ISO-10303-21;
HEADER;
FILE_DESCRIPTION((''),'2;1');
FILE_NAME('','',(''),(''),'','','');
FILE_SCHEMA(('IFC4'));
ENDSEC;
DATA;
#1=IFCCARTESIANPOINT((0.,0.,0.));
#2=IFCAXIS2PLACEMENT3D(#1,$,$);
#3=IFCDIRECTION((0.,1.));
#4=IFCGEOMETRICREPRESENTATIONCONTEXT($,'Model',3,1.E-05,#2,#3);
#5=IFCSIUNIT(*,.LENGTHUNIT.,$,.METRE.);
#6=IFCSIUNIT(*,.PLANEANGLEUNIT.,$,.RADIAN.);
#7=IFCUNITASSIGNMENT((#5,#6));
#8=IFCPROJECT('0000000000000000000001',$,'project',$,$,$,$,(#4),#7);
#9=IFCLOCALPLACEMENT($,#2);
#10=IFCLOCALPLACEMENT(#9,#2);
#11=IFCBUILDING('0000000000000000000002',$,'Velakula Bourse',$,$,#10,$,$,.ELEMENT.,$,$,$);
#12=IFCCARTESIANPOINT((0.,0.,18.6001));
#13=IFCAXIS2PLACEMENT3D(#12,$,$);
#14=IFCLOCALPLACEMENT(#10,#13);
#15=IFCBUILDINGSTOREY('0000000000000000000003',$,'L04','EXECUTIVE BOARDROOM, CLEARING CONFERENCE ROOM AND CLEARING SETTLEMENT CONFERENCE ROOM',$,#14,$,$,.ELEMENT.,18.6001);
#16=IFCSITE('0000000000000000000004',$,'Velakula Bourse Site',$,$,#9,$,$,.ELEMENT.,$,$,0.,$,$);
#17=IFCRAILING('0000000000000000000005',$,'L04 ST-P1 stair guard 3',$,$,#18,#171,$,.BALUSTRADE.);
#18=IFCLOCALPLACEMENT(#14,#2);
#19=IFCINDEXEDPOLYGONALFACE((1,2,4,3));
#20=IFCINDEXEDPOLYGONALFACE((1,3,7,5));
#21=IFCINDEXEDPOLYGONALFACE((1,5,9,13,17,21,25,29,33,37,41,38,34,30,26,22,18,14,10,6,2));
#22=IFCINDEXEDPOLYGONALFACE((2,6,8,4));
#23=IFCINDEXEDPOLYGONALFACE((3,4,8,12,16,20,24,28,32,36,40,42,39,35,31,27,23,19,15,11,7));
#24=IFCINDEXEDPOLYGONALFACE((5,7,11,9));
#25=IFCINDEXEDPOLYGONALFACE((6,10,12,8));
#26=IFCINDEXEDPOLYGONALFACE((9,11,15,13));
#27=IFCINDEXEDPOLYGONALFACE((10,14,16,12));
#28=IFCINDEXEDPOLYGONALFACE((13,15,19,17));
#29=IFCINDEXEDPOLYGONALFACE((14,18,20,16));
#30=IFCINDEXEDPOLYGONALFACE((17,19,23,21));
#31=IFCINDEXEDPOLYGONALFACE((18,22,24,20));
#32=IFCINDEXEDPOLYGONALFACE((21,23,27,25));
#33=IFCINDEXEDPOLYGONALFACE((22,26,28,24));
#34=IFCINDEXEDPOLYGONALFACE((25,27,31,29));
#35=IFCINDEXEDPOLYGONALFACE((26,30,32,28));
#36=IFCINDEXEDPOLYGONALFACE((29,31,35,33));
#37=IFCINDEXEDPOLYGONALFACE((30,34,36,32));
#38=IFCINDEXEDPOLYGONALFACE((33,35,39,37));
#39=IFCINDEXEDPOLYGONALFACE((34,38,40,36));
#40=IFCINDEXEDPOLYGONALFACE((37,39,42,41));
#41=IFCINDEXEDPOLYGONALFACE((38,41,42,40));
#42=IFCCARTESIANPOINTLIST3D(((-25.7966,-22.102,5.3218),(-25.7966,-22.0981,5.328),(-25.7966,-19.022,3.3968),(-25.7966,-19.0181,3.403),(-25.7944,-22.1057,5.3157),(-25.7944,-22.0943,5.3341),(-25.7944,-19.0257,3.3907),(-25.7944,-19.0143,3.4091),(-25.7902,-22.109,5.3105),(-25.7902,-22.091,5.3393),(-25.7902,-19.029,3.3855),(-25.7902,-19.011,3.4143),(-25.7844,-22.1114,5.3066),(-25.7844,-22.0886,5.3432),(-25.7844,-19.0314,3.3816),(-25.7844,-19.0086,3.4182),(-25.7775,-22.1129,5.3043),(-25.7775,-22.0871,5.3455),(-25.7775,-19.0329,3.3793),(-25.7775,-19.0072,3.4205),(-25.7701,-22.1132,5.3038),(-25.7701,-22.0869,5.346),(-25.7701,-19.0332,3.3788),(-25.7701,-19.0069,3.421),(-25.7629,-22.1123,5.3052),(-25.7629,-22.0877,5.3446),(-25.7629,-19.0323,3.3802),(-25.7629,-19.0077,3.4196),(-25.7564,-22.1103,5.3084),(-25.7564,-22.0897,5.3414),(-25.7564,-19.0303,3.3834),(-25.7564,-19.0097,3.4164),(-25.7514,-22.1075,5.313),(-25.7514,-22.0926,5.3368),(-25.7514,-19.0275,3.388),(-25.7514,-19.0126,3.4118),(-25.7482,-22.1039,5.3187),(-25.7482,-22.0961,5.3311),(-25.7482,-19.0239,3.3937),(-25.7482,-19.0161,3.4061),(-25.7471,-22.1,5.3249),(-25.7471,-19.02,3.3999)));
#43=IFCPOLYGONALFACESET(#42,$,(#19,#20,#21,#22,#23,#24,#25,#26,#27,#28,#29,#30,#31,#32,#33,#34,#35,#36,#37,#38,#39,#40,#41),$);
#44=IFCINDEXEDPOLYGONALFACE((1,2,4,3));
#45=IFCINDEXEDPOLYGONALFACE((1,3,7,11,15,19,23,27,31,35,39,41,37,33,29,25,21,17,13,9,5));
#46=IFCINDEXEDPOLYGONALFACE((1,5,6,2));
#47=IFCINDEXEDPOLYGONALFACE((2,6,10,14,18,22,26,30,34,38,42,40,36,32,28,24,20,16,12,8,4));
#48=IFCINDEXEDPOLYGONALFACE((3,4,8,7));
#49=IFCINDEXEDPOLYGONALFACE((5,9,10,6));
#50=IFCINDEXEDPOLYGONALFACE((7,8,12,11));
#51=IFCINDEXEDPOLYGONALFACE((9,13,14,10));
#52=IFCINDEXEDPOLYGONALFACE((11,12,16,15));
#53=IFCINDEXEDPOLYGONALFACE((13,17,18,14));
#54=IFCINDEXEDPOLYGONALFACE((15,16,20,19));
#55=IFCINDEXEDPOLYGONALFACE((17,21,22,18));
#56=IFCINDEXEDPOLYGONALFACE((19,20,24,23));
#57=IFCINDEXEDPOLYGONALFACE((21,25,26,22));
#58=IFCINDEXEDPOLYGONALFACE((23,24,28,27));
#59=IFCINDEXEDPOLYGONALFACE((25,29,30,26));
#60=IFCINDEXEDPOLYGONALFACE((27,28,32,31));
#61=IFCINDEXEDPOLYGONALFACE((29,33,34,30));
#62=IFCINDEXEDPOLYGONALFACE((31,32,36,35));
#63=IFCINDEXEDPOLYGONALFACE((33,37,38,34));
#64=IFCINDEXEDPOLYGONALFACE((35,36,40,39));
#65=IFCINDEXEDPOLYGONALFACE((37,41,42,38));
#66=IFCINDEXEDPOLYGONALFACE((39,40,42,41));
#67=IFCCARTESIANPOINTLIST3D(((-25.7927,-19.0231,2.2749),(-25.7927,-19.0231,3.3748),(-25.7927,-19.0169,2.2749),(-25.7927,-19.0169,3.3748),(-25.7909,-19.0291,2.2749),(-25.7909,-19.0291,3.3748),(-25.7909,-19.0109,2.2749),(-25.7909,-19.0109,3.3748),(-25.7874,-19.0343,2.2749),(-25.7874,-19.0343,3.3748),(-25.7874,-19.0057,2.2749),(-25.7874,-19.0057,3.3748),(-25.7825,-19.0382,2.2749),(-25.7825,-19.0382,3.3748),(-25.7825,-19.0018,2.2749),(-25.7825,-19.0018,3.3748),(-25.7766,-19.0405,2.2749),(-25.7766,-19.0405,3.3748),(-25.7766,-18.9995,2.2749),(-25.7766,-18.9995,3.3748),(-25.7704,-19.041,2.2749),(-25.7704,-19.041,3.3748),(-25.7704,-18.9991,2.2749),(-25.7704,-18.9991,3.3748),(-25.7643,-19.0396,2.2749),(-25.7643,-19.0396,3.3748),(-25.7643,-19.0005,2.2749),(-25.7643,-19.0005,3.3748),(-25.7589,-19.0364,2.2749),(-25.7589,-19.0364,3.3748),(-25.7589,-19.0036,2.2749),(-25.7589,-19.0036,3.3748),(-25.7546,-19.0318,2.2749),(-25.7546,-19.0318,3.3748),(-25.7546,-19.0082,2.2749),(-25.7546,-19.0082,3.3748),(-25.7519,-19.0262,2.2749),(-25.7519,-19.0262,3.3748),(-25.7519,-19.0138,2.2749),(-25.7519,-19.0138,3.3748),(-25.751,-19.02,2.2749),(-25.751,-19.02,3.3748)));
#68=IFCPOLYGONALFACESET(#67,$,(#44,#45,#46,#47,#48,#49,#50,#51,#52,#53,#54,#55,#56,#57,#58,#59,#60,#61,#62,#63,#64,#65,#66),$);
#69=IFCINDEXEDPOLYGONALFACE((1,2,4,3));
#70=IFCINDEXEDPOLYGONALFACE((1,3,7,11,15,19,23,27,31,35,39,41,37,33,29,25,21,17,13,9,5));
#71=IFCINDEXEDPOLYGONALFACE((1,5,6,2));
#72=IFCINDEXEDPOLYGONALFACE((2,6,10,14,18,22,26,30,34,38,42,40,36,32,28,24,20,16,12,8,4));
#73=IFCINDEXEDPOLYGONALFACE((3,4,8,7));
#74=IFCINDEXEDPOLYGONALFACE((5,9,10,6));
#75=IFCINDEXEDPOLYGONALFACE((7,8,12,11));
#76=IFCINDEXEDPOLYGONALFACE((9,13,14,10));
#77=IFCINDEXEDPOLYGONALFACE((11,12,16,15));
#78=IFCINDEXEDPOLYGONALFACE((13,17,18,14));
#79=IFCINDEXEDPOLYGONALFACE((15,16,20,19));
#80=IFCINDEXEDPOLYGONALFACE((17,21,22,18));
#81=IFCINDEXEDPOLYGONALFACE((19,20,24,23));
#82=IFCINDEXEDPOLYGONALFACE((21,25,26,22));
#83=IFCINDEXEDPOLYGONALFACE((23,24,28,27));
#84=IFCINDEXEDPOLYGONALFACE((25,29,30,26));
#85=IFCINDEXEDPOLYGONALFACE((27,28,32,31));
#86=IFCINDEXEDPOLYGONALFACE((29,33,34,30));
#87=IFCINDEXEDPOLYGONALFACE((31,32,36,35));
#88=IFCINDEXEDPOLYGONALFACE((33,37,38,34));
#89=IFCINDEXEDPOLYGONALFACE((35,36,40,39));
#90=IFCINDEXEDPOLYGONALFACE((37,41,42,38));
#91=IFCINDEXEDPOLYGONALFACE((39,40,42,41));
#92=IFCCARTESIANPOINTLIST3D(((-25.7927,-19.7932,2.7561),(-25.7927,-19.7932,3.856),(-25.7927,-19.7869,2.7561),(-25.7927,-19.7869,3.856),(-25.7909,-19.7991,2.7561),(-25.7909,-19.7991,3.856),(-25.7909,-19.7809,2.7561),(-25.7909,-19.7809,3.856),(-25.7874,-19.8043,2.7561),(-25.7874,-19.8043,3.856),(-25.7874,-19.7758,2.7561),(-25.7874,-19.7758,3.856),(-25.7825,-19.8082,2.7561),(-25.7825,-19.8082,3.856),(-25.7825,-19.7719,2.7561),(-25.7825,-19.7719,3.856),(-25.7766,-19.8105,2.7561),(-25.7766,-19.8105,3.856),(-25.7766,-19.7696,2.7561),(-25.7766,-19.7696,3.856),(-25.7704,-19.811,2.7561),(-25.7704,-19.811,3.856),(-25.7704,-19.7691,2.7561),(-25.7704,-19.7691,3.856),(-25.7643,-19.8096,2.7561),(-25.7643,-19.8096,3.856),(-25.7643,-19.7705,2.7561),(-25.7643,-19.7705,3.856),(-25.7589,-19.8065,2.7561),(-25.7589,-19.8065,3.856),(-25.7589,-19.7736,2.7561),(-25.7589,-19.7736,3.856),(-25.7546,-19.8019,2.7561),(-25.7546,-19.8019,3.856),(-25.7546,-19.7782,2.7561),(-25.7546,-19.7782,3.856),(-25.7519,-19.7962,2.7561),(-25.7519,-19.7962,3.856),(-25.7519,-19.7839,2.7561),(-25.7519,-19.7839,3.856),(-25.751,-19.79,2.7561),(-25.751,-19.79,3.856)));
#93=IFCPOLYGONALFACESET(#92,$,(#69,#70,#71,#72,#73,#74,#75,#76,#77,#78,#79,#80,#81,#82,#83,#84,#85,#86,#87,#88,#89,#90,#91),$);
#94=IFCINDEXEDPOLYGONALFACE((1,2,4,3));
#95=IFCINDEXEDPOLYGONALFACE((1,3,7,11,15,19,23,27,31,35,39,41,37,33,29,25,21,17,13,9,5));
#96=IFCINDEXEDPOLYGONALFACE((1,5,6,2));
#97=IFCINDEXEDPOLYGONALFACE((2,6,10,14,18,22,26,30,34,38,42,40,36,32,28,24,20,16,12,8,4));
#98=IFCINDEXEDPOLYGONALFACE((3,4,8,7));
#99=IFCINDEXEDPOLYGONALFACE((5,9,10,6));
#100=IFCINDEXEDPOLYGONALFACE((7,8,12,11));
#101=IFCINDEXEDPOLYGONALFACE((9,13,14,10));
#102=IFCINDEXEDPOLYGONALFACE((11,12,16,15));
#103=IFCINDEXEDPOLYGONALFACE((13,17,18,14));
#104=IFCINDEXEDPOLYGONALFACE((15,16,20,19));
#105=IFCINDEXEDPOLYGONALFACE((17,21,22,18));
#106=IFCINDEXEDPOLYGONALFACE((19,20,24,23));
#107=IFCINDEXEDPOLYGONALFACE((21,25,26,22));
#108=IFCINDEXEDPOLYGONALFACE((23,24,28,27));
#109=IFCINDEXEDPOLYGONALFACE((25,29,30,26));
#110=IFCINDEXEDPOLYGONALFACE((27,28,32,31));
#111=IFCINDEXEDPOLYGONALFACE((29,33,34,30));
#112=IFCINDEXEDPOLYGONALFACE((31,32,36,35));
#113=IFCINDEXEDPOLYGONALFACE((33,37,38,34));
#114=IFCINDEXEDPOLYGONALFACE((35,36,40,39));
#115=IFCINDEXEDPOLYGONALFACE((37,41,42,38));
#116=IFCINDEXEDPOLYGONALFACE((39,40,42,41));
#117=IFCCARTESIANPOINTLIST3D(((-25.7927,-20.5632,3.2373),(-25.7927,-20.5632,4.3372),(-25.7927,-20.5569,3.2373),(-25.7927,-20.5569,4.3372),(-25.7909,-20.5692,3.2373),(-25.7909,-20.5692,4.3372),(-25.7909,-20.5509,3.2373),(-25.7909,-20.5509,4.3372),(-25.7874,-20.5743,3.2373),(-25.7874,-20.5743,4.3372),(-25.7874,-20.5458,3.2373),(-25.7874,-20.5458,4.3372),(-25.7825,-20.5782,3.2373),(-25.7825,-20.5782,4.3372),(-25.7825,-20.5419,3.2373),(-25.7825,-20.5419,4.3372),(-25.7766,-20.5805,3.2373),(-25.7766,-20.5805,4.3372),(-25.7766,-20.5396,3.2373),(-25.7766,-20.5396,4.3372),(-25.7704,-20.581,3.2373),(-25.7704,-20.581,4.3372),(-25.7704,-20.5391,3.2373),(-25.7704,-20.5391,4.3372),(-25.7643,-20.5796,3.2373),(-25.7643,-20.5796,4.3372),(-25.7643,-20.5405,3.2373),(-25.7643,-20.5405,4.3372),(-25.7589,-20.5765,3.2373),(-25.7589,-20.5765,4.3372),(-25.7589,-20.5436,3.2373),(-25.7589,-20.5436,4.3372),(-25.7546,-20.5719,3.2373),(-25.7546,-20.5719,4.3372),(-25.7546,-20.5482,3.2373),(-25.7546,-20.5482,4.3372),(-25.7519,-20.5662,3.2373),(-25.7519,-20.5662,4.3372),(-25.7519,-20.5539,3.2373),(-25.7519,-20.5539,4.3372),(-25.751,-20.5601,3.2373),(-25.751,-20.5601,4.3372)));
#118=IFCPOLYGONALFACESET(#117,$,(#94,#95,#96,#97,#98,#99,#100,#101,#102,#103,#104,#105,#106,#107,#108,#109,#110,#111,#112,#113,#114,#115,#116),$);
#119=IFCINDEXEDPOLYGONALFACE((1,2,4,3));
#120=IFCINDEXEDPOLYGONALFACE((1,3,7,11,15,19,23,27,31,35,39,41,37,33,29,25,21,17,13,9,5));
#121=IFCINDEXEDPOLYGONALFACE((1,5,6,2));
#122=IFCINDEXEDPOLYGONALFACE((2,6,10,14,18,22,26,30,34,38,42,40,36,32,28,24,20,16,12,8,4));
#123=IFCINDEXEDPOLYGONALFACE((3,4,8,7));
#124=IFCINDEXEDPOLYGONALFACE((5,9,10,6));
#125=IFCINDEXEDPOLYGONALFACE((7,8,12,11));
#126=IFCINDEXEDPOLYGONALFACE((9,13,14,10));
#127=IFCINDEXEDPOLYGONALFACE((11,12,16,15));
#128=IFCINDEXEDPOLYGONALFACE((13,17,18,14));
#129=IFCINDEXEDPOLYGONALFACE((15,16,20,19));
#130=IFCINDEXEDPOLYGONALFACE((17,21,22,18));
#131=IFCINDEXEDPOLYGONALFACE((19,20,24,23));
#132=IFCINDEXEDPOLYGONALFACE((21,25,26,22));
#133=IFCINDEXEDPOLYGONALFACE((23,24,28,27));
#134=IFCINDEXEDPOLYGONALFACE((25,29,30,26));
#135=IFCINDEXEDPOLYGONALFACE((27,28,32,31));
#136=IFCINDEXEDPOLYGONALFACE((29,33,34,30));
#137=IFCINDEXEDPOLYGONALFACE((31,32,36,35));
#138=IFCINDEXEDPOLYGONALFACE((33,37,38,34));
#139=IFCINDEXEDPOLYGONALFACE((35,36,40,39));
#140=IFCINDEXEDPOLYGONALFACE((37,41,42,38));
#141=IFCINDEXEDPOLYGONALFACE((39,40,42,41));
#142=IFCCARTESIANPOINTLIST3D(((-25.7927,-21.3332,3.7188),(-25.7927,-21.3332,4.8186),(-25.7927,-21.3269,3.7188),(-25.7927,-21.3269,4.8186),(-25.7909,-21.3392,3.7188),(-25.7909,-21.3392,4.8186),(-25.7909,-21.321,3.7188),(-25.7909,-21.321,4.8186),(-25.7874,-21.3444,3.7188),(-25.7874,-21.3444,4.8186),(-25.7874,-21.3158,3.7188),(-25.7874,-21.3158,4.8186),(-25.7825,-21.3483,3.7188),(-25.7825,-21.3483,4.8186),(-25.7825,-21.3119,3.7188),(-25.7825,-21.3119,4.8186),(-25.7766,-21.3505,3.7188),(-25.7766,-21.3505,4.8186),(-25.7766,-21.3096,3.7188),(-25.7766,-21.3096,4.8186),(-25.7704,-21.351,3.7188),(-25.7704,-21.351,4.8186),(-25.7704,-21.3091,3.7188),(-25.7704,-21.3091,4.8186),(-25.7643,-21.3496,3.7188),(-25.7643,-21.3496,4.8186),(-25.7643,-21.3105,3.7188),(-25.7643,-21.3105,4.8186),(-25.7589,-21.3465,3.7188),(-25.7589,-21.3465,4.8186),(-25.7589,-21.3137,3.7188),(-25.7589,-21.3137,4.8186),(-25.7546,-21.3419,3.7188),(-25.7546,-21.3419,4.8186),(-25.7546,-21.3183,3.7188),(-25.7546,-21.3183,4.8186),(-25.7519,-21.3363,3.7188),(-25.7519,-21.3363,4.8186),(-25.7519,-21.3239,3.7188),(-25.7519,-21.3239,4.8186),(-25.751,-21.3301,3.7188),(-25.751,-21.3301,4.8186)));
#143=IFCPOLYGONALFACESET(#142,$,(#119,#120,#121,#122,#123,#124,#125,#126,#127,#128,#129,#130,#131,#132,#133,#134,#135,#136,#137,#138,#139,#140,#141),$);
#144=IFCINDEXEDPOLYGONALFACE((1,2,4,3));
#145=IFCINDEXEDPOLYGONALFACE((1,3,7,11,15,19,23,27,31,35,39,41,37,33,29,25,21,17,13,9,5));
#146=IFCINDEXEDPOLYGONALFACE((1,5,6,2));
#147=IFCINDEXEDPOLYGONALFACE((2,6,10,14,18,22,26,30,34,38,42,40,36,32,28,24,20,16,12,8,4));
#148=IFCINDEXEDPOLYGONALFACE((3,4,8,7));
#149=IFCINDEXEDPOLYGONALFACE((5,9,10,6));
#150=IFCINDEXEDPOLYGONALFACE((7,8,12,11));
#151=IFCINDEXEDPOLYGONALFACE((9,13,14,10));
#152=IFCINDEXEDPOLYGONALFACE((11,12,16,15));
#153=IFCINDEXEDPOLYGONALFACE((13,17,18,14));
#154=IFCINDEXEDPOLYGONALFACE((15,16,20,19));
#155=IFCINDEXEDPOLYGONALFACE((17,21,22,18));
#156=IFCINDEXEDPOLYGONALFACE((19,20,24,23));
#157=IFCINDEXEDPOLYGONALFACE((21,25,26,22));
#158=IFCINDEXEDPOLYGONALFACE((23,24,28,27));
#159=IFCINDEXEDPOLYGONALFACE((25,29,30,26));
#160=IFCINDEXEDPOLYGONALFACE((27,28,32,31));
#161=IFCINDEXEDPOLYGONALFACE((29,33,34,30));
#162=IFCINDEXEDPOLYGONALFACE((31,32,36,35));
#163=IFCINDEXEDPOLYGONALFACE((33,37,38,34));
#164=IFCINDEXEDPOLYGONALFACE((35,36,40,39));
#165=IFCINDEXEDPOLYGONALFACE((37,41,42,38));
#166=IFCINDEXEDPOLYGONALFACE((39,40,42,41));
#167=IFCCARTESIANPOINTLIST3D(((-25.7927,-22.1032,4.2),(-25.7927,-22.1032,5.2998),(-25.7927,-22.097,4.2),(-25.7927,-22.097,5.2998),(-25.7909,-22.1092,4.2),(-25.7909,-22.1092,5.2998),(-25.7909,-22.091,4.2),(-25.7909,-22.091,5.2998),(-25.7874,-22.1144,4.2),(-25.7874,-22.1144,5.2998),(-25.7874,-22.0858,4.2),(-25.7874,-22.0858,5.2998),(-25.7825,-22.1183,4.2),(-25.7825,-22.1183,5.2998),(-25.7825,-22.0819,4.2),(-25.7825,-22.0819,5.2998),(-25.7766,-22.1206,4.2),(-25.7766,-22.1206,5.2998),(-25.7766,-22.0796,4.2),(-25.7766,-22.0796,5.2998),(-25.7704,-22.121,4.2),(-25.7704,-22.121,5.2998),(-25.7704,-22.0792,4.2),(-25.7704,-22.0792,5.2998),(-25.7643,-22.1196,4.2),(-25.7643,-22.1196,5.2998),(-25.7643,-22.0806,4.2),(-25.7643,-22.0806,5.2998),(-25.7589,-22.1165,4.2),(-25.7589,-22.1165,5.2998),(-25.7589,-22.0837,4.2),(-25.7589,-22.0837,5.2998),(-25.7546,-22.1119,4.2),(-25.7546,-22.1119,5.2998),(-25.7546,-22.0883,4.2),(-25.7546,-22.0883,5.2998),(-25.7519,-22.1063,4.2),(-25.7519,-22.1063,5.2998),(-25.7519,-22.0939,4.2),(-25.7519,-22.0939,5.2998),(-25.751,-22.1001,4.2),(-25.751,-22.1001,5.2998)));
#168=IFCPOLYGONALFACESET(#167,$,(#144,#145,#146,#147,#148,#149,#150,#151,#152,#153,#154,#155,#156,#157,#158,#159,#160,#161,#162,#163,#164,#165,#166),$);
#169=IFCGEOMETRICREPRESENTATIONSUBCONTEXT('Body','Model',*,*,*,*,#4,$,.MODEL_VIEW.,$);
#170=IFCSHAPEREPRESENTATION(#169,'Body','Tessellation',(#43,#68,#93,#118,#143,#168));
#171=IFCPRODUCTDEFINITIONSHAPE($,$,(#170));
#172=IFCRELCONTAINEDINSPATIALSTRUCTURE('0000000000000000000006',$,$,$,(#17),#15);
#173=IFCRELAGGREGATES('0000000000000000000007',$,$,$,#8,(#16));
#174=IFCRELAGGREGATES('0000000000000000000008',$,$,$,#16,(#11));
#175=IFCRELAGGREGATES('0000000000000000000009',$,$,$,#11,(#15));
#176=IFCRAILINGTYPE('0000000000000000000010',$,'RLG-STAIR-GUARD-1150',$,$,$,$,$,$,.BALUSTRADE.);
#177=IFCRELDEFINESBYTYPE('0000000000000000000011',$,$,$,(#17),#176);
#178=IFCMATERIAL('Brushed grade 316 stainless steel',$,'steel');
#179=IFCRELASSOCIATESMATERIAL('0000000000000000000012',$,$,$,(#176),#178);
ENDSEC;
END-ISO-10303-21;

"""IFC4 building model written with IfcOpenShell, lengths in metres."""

from ifc_helpers import new_model, si_unit, direction, frame, origin, origin_2d, place, context, subcontext, project, spatial, circle, extrude, material, type_object, element, save


model = new_model("IFC4")

# Units and contexts
model_context = context("Model", 3, precision=1e-05, world=origin(), true_north=direction((0.0, 1.0)))
body_context = subcontext(model_context, "Body", "Model", "MODEL_VIEW")
ifc_project = project(units=[si_unit("LENGTHUNIT", "METRE"), si_unit("PLANEANGLEUNIT", "RADIAN")], contexts=[model_context])

# Site, building, storey
site_placement = place(None, origin())
site = spatial("IfcSite", under=ifc_project, at=site_placement, Name="Velakula Bourse Site", CompositionType="ELEMENT", RefElevation=0.0)
building_placement = place(site_placement, origin())
building = spatial("IfcBuilding", under=site, at=building_placement, Name="Velakula Bourse", CompositionType="ELEMENT")
storey_placement = place(building_placement, frame((0.0, 0.0, 18.6001)))
storey = spatial("IfcBuildingStorey", under=building, at=storey_placement, Name="L04", Description="EXECUTIVE BOARDROOM, CLEARING CONFERENCE ROOM AND CLEARING SETTLEMENT CONFERENCE ROOM", CompositionType="ELEMENT", Elevation=18.6001)

# Railing
ifc_material_1 = material(Name="Brushed grade 316 stainless steel", Category="steel")
railing_type = type_object("IfcRailingType", Name="RLG-STAIR-GUARD-1150", PredefinedType="BALUSTRADE", material=ifc_material_1)
railing_1_placement = place(storey_placement, frame((-25.772, -19.02, 2.2749)))
element("IfcRailing", 1, at=railing_1_placement, inside=storey, type_object=railing_type, Name="L04 ST-P1 stair guard 3", PredefinedType="BALUSTRADE", context=body_context, shape_type="SweptSolid", body=[
    extrude(circle(Radius=0.0249, at=origin_2d()), frame((0.0, 0.0, 1.125), z_axis=(0.0, -0.847998, 0.529999), x_axis=(1.0, 0.0, 0.0)), (0.0, 0.0, 1.0), 3.6321),
    extrude(circle(Radius=0.021, at=origin_2d()), origin(), (0.0, 0.0, 1.0), 1.0999),
    extrude(circle(Radius=0.021, at=origin_2d()), frame((0.0, -0.77, 0.4812)), (0.0, 0.0, 1.0), 1.0999),
    extrude(circle(Radius=0.021, at=origin_2d()), frame((0.0, -1.54, 0.9624)), (0.0, 0.0, 1.0), 1.0999),
    extrude(circle(Radius=0.021, at=origin_2d()), frame((0.0, -2.3101, 1.4438)), (0.0, 0.0, 1.0), 1.0999),
    extrude(circle(Radius=0.021, at=origin_2d()), frame((0.0, -3.0801, 1.925)), (0.0, 0.0, 1.0), 1.0999),
])

save(model, "model.ifc")
